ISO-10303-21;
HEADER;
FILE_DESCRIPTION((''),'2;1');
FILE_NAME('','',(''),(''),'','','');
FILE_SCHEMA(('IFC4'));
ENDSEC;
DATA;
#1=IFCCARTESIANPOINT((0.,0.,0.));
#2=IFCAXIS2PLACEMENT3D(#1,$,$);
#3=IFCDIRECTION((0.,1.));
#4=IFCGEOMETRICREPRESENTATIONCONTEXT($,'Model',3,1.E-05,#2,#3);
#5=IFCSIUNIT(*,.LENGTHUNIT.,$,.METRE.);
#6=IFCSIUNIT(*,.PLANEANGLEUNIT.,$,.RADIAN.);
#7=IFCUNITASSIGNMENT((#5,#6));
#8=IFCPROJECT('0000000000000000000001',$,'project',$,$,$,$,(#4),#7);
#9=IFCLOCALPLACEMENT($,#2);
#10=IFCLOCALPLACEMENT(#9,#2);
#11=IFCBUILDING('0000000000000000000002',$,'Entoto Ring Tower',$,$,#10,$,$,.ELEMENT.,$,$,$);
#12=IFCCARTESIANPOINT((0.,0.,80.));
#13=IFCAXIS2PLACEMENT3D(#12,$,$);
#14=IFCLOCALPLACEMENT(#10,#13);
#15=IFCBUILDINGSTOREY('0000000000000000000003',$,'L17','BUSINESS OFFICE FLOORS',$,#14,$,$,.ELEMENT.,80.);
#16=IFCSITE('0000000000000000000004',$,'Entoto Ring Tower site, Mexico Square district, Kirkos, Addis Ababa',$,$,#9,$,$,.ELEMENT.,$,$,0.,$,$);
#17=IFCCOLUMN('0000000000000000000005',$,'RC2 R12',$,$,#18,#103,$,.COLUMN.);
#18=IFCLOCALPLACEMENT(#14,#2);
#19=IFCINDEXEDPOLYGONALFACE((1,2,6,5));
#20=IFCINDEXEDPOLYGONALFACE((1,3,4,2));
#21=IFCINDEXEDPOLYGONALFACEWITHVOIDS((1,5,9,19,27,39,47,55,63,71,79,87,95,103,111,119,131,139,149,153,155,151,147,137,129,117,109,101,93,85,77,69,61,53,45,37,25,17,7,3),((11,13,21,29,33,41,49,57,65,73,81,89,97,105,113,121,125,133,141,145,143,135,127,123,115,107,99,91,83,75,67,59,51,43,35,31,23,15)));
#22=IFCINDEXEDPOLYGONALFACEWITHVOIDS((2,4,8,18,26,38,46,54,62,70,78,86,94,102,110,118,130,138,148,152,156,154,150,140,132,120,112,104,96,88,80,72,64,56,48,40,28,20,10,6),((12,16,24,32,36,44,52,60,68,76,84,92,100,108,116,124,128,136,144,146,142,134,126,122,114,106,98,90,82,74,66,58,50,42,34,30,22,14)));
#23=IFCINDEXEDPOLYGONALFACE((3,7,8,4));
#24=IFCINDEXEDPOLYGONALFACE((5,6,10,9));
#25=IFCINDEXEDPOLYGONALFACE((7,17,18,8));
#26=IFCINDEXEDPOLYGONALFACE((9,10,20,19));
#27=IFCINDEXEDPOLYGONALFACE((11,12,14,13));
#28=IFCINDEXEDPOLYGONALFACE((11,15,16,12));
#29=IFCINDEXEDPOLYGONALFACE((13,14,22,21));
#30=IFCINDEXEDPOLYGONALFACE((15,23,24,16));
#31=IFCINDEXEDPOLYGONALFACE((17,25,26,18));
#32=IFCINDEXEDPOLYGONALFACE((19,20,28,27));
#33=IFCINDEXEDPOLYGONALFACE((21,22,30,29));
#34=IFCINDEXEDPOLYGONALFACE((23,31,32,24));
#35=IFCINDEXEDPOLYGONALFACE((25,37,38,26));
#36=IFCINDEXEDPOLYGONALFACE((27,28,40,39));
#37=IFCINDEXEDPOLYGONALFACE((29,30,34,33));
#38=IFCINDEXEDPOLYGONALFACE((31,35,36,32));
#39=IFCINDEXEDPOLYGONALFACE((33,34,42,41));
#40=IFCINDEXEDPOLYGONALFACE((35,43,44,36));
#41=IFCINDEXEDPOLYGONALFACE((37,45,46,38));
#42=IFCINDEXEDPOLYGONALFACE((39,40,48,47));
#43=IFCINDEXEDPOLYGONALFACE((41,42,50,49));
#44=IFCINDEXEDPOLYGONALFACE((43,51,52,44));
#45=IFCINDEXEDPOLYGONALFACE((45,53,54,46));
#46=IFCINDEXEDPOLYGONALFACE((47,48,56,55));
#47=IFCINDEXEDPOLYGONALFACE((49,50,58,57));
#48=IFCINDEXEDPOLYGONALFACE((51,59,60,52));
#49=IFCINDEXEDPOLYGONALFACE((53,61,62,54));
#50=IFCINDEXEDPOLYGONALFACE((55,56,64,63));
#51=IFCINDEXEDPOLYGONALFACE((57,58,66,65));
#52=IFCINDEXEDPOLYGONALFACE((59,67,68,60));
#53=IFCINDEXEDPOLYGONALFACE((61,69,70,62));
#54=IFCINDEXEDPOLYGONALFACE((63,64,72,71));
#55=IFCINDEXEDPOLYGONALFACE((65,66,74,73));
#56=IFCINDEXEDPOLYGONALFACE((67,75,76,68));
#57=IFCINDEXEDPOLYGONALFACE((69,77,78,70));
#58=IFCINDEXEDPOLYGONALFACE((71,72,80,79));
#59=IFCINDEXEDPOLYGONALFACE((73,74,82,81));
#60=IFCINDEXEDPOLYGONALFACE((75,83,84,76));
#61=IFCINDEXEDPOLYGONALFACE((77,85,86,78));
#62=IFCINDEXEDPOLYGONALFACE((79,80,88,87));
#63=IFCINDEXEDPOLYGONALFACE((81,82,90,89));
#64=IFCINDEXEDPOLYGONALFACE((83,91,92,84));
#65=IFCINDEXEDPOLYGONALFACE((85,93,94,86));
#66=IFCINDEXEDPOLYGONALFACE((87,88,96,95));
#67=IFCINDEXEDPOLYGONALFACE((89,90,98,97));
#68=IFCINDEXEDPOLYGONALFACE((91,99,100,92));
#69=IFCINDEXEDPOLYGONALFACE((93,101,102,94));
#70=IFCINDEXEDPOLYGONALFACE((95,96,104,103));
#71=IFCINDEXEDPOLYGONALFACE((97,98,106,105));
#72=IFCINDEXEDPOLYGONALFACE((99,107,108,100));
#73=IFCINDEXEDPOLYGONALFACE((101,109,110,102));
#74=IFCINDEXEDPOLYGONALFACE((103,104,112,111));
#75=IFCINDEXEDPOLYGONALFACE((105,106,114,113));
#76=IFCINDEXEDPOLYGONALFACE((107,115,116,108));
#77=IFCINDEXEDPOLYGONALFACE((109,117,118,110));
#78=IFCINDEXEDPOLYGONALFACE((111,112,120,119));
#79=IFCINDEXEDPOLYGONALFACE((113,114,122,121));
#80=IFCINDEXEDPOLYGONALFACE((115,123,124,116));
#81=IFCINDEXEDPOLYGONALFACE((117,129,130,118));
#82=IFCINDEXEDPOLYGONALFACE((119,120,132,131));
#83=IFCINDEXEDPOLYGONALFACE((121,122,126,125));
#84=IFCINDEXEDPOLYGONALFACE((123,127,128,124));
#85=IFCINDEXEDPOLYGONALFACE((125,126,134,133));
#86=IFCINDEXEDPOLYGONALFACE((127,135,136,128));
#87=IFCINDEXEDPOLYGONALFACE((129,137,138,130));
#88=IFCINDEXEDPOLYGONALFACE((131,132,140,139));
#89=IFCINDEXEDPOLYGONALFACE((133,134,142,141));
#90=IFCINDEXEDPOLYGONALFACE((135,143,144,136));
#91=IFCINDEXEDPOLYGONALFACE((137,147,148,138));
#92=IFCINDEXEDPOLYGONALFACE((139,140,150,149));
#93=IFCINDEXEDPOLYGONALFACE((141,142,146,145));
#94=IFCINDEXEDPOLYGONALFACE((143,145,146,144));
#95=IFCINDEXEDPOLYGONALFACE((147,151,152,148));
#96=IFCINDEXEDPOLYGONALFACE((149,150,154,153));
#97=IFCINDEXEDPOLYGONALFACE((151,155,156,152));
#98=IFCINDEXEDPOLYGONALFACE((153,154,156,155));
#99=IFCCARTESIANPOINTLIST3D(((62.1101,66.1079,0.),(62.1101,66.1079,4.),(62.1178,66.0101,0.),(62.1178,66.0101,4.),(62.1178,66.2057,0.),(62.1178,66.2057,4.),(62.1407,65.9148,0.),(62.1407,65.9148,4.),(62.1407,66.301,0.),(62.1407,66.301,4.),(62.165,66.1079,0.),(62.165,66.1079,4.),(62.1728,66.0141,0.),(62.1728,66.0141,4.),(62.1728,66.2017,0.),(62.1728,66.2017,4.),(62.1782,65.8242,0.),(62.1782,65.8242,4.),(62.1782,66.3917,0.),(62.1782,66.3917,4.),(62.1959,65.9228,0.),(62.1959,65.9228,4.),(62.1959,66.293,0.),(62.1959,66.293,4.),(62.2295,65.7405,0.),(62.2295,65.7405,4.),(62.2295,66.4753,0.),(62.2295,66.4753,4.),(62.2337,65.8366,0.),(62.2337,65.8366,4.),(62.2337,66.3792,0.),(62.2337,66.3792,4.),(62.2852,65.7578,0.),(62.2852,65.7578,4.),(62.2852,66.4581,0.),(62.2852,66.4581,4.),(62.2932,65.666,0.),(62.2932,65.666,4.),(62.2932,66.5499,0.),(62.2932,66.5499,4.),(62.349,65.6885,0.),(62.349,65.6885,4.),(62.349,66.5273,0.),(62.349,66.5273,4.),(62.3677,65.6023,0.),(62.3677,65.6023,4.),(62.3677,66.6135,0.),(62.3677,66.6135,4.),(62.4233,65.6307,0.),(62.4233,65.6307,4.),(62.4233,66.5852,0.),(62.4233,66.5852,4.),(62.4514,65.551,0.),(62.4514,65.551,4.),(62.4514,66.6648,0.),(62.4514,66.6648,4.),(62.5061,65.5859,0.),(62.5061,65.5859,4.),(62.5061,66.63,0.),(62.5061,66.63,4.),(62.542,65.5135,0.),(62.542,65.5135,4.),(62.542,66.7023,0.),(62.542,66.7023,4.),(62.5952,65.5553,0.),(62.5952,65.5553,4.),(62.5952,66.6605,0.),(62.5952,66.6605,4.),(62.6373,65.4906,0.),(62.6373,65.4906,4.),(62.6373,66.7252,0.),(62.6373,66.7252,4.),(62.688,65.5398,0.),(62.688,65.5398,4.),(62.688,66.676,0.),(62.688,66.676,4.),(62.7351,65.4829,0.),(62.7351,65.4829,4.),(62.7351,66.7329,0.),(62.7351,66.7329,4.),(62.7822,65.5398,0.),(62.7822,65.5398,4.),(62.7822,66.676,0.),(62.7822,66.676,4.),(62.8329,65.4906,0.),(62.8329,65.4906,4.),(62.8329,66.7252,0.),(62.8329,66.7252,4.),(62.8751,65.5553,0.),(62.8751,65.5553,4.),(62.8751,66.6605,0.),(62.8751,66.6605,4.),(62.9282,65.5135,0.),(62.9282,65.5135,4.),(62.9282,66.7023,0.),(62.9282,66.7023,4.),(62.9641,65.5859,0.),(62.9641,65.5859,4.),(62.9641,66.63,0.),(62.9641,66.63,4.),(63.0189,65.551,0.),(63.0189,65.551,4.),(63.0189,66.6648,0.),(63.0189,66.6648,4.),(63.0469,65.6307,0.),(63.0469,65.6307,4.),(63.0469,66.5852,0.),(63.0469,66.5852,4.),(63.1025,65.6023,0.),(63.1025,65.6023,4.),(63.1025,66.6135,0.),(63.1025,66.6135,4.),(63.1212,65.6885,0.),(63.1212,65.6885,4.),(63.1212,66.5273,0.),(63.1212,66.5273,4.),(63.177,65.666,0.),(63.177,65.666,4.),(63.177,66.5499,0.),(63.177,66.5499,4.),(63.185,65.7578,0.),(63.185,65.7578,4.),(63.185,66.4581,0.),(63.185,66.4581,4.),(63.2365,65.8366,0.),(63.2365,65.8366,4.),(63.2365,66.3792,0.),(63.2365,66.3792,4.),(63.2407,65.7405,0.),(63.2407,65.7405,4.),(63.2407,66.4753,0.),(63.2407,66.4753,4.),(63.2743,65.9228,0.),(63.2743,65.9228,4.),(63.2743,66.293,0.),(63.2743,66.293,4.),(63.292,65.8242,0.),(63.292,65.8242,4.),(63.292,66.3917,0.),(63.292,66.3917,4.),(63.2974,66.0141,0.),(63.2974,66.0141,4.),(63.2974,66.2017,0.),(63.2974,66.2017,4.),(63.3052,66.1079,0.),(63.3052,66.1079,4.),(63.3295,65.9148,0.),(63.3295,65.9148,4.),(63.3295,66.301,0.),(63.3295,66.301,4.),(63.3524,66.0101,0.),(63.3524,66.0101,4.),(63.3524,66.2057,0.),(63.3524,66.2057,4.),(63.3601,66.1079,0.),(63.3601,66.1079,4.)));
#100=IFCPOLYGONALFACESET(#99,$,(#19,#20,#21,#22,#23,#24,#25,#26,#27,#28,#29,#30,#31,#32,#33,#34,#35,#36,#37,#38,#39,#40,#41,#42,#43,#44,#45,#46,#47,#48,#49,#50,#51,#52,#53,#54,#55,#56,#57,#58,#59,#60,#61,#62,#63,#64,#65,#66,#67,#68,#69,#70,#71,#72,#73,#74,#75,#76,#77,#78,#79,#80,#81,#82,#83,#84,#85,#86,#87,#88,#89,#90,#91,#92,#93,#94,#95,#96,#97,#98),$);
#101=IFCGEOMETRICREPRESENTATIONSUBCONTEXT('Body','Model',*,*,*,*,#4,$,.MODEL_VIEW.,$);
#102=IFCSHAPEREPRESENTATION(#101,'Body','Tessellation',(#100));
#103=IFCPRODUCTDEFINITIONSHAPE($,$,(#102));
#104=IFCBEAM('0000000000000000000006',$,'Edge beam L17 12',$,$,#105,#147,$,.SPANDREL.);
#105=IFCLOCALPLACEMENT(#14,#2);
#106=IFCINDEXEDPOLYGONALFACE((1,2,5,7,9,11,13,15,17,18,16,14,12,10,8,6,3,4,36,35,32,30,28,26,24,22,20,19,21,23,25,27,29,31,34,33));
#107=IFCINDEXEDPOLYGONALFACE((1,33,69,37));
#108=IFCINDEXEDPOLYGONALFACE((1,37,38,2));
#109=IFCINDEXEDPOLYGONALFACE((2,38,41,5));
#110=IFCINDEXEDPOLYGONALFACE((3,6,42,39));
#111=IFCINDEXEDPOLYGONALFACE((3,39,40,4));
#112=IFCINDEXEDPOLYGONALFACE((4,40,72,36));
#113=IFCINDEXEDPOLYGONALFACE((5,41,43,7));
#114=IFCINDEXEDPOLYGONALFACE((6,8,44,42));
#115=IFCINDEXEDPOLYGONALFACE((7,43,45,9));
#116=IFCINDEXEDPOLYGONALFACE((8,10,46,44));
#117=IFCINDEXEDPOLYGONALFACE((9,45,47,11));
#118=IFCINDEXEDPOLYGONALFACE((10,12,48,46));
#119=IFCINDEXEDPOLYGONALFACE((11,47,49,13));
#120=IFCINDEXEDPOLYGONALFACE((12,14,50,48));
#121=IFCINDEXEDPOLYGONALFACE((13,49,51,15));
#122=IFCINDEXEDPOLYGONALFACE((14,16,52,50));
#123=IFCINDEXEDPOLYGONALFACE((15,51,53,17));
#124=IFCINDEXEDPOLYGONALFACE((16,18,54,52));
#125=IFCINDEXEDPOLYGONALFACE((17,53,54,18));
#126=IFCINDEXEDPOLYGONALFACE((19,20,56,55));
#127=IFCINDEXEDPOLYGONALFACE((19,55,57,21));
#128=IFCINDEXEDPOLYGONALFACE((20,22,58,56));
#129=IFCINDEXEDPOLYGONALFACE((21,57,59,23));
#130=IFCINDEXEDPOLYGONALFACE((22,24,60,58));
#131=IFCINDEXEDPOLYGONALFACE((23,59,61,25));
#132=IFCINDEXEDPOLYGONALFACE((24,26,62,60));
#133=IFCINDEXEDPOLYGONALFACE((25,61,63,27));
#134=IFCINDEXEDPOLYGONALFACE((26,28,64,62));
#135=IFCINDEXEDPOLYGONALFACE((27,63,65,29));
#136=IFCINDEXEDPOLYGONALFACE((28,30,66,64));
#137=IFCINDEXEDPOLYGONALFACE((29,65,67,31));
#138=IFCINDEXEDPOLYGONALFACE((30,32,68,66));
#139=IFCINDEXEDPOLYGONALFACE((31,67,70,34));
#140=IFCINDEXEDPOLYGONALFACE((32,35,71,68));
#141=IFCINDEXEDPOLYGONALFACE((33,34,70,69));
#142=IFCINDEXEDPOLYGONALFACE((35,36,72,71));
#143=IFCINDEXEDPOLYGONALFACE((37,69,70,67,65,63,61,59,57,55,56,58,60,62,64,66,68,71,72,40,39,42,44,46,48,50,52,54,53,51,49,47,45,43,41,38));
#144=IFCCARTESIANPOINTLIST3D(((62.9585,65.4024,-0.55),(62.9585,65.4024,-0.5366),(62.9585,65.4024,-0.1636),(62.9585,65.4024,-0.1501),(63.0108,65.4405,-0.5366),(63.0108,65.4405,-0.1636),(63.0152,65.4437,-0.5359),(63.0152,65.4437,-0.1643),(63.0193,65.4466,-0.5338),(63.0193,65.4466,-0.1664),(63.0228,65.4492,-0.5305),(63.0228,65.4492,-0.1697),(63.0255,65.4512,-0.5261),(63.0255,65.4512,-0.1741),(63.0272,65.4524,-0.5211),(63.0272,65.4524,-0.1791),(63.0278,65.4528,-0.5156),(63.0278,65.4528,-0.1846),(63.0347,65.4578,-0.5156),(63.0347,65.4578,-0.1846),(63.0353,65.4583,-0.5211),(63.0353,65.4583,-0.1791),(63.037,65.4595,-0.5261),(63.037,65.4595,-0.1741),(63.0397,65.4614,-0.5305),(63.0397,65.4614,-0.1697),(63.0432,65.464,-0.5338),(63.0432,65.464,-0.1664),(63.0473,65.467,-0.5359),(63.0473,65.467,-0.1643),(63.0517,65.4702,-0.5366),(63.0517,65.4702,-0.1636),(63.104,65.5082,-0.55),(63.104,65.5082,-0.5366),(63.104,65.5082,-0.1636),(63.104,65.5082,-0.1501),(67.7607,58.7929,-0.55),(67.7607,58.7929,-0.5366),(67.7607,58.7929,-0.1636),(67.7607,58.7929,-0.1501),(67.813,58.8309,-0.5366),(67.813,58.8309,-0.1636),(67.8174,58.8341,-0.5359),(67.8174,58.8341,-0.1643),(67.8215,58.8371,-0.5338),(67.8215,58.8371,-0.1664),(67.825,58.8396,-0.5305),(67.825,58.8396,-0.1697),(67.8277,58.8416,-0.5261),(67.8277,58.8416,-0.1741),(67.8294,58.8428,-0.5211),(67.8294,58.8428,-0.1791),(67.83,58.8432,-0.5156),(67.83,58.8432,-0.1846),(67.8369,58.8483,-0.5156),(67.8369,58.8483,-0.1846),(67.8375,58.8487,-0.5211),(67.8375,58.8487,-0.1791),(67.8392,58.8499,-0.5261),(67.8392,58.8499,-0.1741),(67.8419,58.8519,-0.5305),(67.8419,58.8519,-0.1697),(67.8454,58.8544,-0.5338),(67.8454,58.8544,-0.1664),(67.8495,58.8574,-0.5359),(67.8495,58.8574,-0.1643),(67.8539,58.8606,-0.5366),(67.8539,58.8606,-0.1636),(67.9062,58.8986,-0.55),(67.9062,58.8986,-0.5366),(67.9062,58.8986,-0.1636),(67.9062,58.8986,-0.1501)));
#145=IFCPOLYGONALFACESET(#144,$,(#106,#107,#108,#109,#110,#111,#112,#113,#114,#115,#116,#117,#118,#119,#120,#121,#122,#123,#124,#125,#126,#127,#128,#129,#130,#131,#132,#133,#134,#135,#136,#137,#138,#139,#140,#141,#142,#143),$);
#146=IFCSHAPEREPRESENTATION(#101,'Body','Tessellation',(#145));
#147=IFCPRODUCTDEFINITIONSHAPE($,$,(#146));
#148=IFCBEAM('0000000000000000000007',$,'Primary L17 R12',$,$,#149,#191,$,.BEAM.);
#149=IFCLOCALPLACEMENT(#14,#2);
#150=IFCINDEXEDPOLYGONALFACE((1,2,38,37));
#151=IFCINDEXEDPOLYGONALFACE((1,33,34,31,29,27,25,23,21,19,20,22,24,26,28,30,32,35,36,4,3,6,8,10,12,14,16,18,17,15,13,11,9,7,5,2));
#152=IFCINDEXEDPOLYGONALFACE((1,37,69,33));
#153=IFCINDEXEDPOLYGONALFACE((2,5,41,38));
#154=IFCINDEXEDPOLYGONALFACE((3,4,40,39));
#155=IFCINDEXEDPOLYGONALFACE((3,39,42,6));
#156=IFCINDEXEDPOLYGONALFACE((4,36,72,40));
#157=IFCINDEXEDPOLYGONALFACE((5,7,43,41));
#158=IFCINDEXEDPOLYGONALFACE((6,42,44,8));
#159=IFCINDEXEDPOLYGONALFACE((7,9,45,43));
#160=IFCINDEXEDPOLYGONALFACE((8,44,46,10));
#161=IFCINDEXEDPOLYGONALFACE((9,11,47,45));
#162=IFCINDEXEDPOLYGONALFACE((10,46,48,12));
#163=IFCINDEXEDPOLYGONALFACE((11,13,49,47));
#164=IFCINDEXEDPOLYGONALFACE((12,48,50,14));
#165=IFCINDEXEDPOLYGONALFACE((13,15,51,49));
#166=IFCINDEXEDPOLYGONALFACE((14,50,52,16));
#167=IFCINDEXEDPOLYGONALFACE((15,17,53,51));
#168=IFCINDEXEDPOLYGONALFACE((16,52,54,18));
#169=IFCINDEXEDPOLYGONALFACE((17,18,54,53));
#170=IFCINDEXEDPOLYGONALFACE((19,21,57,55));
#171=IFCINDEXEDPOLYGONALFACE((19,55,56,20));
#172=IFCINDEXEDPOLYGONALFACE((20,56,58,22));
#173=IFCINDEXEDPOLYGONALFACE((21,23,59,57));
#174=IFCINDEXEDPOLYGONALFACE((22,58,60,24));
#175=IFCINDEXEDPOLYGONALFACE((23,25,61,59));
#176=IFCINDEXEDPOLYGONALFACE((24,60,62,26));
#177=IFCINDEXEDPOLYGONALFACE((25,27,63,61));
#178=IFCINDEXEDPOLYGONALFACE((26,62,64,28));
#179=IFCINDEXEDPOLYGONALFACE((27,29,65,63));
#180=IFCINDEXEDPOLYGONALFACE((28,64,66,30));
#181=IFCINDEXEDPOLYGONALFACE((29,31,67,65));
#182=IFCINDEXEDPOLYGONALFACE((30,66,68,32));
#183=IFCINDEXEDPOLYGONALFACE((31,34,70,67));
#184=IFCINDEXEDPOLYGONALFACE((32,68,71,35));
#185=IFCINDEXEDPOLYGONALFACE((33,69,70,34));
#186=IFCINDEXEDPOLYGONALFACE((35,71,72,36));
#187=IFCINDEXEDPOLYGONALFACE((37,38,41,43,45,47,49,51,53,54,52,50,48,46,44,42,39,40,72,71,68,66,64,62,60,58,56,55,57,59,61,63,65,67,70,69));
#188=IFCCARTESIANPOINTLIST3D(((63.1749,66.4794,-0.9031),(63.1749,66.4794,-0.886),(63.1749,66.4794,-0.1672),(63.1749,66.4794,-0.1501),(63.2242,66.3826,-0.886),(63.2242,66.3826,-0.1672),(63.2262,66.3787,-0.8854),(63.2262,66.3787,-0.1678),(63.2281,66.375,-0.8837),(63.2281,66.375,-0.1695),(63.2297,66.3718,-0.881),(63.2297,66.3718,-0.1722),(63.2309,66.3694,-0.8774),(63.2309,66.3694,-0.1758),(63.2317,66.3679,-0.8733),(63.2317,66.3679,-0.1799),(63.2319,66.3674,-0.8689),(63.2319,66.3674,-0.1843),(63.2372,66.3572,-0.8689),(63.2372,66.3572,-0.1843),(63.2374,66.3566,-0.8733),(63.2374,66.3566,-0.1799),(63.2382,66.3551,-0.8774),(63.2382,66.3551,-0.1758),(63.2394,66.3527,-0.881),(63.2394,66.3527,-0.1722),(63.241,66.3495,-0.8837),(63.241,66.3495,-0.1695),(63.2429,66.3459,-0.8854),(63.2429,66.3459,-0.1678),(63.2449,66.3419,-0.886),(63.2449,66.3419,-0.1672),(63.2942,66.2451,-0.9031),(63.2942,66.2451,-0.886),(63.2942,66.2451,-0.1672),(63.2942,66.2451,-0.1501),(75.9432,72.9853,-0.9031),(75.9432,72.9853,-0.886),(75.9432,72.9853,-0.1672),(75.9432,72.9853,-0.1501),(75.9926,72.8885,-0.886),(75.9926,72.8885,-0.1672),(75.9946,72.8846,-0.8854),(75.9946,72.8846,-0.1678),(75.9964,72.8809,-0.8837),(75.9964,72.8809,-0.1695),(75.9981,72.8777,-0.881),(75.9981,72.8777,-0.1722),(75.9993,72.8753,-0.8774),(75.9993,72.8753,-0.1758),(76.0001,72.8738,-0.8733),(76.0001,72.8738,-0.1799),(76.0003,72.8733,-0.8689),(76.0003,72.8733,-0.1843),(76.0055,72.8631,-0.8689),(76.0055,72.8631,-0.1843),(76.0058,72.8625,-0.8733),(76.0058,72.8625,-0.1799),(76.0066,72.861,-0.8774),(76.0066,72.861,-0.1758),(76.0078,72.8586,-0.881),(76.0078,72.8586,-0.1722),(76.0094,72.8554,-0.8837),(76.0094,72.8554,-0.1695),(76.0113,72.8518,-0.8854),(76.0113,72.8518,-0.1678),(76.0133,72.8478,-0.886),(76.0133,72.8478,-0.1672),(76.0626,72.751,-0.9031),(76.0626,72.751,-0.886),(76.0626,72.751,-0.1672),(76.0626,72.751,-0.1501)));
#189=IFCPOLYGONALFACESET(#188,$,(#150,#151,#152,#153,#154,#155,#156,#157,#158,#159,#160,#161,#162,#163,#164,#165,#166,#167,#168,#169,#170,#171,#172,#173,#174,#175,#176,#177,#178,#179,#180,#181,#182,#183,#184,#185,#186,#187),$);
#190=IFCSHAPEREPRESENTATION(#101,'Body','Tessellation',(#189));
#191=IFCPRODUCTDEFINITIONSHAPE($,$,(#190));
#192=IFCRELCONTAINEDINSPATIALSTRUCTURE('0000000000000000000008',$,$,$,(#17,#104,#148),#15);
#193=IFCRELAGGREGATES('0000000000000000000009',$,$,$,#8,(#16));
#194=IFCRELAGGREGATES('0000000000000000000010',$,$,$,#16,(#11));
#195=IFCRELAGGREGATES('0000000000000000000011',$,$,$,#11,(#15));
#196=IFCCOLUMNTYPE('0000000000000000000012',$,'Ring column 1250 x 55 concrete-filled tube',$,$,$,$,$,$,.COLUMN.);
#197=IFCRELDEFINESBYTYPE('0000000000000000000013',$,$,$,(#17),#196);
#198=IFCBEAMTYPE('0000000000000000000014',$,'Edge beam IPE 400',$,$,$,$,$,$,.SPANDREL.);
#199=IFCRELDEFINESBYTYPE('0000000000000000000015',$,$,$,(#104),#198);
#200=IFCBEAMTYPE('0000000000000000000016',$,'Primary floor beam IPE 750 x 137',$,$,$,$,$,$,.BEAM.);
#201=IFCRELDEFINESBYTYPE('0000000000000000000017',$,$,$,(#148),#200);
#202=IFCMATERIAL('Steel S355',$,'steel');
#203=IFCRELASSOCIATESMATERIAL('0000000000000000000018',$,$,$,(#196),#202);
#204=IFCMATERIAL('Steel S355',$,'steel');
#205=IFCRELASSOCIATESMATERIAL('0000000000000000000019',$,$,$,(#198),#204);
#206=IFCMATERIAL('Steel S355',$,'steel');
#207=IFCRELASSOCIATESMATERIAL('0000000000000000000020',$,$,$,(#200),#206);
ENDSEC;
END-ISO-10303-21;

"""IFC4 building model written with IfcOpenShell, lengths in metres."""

from ifc_helpers import new_model, si_unit, direction, frame, origin, origin_2d, place, context, subcontext, project, spatial, circle, hollow_circle, i_section, extrude, material, material_profile, profile_set, type_object, element, save


model = new_model("IFC4")

# Units and contexts
model_context = context("Model", 3, precision=1e-05, world=origin(), true_north=direction((0.0, 1.0)))
body_context = subcontext(model_context, "Body", "Model", "MODEL_VIEW")
ifc_project = project(units=[si_unit("LENGTHUNIT", "METRE"), si_unit("PLANEANGLEUNIT", "RADIAN")], contexts=[model_context])

# Site, building, storey
site_placement = place(None, origin())
site = spatial("IfcSite", under=ifc_project, at=site_placement, Name="Entoto Ring Tower site, Mexico Square district, Kirkos, Addis Ababa", CompositionType="ELEMENT", RefElevation=0.0)
building_placement = place(site_placement, origin())
building = spatial("IfcBuilding", under=site, at=building_placement, Name="Entoto Ring Tower", CompositionType="ELEMENT")
storey_placement = place(building_placement, frame((0.0, 0.0, 80.0)))
storey = spatial("IfcBuildingStorey", under=building, at=storey_placement, Name="L17", Description="BUSINESS OFFICE FLOORS", CompositionType="ELEMENT", Elevation=80.0)

# Column
ifc_material_1 = material(Name="Steel S355", Category="steel")
ifc_material_profile_1 = material_profile(ifc_material_1, hollow_circle(Radius=0.625, WallThickness=0.0549, at=origin_2d()), Name="CHS 1250 x 55")
ifc_material_2 = material(Name="Concrete C60/75", Category="concrete")
ifc_material_profile_2 = material_profile(ifc_material_2, circle(Radius=0.5701, at=origin_2d()), Name="Concrete C60/75 infill")
ifc_profile_set_1 = profile_set([ifc_material_profile_1, ifc_material_profile_2], Name="Steel S355")
column_type = type_object("IfcColumnType", Name="Ring column 1250 x 55 concrete-filled tube", PredefinedType="COLUMN", material=ifc_profile_set_1)
column_placement = place(storey_placement, frame((62.7351, 66.1079, 0.0), z_axis=(0.0, 0.0, 1.0), x_axis=(1.0, 0.0, 0.0)))
element("IfcColumn", 1, at=column_placement, inside=storey, type_object=column_type, Name="RC2 R12", PredefinedType="COLUMN", context=body_context, shape_type="SweptSolid", body=[
    extrude(hollow_circle(Radius=0.625, WallThickness=0.0549, at=origin_2d()), origin(), (0.0, 0.0, 1.0), 4.0),
])

# Beams
ifc_material_3 = material(Name="Steel S355", Category="steel")
ifc_material_profile_3 = material_profile(ifc_material_3, i_section(OverallWidth=0.1799, OverallDepth=0.3999, WebThickness=0.0085, FlangeThickness=0.0134, FilletRadius=0.021, at=origin_2d()), Name="IPE 400")
ifc_profile_set_2 = profile_set([ifc_material_profile_3], Name="Steel S355")
beam_type_1 = type_object("IfcBeamType", Name="Edge beam IPE 400", PredefinedType="SPANDREL", material=ifc_profile_set_2)
beam_1_placement = place(storey_placement, frame((63.0312, 65.4553, -0.3501), z_axis=(0.587791, -0.809013, 0.0), x_axis=(0.809013, 0.587791, 0.0)))
element("IfcBeam", 2, at=beam_1_placement, inside=storey, type_object=beam_type_1, Name="Edge beam L17 12", PredefinedType="SPANDREL", context=body_context, shape_type="SweptSolid", body=[
    extrude(i_section(OverallWidth=0.1799, OverallDepth=0.3999, WebThickness=0.0085, FlangeThickness=0.0134, FilletRadius=0.021, at=origin_2d()), origin(), (0.0, 0.0, 1.0), 8.1699),
])
ifc_material_4 = material(Name="Steel S355", Category="steel")
ifc_material_profile_4 = material_profile(ifc_material_4, i_section(OverallWidth=0.2629, OverallDepth=0.7529, WebThickness=0.0115, FlangeThickness=0.0171, FilletRadius=0.0171, at=origin_2d()), Name="IPE 750 x 137")
ifc_profile_set_3 = profile_set([ifc_material_profile_4], Name="Steel S355")
beam_type_2 = type_object("IfcBeamType", Name="Primary floor beam IPE 750 x 137", PredefinedType="BEAM", material=ifc_profile_set_3)
beam_2_placement = place(storey_placement, frame((76.0029, 72.8682, -0.5266), z_axis=(-0.891004, -0.453995, 0.0), x_axis=(0.453995, -0.891004, 0.0)))
element("IfcBeam", 3, at=beam_2_placement, inside=storey, type_object=beam_type_2, Name="Primary L17 R12", PredefinedType="BEAM", context=body_context, shape_type="SweptSolid", body=[
    extrude(i_section(OverallWidth=0.2629, OverallDepth=0.7529, WebThickness=0.0115, FlangeThickness=0.0171, FilletRadius=0.0171, at=origin_2d()), origin(), (0.0, 0.0, 1.0), 14.3303),
])

save(model, "model.ifc")
